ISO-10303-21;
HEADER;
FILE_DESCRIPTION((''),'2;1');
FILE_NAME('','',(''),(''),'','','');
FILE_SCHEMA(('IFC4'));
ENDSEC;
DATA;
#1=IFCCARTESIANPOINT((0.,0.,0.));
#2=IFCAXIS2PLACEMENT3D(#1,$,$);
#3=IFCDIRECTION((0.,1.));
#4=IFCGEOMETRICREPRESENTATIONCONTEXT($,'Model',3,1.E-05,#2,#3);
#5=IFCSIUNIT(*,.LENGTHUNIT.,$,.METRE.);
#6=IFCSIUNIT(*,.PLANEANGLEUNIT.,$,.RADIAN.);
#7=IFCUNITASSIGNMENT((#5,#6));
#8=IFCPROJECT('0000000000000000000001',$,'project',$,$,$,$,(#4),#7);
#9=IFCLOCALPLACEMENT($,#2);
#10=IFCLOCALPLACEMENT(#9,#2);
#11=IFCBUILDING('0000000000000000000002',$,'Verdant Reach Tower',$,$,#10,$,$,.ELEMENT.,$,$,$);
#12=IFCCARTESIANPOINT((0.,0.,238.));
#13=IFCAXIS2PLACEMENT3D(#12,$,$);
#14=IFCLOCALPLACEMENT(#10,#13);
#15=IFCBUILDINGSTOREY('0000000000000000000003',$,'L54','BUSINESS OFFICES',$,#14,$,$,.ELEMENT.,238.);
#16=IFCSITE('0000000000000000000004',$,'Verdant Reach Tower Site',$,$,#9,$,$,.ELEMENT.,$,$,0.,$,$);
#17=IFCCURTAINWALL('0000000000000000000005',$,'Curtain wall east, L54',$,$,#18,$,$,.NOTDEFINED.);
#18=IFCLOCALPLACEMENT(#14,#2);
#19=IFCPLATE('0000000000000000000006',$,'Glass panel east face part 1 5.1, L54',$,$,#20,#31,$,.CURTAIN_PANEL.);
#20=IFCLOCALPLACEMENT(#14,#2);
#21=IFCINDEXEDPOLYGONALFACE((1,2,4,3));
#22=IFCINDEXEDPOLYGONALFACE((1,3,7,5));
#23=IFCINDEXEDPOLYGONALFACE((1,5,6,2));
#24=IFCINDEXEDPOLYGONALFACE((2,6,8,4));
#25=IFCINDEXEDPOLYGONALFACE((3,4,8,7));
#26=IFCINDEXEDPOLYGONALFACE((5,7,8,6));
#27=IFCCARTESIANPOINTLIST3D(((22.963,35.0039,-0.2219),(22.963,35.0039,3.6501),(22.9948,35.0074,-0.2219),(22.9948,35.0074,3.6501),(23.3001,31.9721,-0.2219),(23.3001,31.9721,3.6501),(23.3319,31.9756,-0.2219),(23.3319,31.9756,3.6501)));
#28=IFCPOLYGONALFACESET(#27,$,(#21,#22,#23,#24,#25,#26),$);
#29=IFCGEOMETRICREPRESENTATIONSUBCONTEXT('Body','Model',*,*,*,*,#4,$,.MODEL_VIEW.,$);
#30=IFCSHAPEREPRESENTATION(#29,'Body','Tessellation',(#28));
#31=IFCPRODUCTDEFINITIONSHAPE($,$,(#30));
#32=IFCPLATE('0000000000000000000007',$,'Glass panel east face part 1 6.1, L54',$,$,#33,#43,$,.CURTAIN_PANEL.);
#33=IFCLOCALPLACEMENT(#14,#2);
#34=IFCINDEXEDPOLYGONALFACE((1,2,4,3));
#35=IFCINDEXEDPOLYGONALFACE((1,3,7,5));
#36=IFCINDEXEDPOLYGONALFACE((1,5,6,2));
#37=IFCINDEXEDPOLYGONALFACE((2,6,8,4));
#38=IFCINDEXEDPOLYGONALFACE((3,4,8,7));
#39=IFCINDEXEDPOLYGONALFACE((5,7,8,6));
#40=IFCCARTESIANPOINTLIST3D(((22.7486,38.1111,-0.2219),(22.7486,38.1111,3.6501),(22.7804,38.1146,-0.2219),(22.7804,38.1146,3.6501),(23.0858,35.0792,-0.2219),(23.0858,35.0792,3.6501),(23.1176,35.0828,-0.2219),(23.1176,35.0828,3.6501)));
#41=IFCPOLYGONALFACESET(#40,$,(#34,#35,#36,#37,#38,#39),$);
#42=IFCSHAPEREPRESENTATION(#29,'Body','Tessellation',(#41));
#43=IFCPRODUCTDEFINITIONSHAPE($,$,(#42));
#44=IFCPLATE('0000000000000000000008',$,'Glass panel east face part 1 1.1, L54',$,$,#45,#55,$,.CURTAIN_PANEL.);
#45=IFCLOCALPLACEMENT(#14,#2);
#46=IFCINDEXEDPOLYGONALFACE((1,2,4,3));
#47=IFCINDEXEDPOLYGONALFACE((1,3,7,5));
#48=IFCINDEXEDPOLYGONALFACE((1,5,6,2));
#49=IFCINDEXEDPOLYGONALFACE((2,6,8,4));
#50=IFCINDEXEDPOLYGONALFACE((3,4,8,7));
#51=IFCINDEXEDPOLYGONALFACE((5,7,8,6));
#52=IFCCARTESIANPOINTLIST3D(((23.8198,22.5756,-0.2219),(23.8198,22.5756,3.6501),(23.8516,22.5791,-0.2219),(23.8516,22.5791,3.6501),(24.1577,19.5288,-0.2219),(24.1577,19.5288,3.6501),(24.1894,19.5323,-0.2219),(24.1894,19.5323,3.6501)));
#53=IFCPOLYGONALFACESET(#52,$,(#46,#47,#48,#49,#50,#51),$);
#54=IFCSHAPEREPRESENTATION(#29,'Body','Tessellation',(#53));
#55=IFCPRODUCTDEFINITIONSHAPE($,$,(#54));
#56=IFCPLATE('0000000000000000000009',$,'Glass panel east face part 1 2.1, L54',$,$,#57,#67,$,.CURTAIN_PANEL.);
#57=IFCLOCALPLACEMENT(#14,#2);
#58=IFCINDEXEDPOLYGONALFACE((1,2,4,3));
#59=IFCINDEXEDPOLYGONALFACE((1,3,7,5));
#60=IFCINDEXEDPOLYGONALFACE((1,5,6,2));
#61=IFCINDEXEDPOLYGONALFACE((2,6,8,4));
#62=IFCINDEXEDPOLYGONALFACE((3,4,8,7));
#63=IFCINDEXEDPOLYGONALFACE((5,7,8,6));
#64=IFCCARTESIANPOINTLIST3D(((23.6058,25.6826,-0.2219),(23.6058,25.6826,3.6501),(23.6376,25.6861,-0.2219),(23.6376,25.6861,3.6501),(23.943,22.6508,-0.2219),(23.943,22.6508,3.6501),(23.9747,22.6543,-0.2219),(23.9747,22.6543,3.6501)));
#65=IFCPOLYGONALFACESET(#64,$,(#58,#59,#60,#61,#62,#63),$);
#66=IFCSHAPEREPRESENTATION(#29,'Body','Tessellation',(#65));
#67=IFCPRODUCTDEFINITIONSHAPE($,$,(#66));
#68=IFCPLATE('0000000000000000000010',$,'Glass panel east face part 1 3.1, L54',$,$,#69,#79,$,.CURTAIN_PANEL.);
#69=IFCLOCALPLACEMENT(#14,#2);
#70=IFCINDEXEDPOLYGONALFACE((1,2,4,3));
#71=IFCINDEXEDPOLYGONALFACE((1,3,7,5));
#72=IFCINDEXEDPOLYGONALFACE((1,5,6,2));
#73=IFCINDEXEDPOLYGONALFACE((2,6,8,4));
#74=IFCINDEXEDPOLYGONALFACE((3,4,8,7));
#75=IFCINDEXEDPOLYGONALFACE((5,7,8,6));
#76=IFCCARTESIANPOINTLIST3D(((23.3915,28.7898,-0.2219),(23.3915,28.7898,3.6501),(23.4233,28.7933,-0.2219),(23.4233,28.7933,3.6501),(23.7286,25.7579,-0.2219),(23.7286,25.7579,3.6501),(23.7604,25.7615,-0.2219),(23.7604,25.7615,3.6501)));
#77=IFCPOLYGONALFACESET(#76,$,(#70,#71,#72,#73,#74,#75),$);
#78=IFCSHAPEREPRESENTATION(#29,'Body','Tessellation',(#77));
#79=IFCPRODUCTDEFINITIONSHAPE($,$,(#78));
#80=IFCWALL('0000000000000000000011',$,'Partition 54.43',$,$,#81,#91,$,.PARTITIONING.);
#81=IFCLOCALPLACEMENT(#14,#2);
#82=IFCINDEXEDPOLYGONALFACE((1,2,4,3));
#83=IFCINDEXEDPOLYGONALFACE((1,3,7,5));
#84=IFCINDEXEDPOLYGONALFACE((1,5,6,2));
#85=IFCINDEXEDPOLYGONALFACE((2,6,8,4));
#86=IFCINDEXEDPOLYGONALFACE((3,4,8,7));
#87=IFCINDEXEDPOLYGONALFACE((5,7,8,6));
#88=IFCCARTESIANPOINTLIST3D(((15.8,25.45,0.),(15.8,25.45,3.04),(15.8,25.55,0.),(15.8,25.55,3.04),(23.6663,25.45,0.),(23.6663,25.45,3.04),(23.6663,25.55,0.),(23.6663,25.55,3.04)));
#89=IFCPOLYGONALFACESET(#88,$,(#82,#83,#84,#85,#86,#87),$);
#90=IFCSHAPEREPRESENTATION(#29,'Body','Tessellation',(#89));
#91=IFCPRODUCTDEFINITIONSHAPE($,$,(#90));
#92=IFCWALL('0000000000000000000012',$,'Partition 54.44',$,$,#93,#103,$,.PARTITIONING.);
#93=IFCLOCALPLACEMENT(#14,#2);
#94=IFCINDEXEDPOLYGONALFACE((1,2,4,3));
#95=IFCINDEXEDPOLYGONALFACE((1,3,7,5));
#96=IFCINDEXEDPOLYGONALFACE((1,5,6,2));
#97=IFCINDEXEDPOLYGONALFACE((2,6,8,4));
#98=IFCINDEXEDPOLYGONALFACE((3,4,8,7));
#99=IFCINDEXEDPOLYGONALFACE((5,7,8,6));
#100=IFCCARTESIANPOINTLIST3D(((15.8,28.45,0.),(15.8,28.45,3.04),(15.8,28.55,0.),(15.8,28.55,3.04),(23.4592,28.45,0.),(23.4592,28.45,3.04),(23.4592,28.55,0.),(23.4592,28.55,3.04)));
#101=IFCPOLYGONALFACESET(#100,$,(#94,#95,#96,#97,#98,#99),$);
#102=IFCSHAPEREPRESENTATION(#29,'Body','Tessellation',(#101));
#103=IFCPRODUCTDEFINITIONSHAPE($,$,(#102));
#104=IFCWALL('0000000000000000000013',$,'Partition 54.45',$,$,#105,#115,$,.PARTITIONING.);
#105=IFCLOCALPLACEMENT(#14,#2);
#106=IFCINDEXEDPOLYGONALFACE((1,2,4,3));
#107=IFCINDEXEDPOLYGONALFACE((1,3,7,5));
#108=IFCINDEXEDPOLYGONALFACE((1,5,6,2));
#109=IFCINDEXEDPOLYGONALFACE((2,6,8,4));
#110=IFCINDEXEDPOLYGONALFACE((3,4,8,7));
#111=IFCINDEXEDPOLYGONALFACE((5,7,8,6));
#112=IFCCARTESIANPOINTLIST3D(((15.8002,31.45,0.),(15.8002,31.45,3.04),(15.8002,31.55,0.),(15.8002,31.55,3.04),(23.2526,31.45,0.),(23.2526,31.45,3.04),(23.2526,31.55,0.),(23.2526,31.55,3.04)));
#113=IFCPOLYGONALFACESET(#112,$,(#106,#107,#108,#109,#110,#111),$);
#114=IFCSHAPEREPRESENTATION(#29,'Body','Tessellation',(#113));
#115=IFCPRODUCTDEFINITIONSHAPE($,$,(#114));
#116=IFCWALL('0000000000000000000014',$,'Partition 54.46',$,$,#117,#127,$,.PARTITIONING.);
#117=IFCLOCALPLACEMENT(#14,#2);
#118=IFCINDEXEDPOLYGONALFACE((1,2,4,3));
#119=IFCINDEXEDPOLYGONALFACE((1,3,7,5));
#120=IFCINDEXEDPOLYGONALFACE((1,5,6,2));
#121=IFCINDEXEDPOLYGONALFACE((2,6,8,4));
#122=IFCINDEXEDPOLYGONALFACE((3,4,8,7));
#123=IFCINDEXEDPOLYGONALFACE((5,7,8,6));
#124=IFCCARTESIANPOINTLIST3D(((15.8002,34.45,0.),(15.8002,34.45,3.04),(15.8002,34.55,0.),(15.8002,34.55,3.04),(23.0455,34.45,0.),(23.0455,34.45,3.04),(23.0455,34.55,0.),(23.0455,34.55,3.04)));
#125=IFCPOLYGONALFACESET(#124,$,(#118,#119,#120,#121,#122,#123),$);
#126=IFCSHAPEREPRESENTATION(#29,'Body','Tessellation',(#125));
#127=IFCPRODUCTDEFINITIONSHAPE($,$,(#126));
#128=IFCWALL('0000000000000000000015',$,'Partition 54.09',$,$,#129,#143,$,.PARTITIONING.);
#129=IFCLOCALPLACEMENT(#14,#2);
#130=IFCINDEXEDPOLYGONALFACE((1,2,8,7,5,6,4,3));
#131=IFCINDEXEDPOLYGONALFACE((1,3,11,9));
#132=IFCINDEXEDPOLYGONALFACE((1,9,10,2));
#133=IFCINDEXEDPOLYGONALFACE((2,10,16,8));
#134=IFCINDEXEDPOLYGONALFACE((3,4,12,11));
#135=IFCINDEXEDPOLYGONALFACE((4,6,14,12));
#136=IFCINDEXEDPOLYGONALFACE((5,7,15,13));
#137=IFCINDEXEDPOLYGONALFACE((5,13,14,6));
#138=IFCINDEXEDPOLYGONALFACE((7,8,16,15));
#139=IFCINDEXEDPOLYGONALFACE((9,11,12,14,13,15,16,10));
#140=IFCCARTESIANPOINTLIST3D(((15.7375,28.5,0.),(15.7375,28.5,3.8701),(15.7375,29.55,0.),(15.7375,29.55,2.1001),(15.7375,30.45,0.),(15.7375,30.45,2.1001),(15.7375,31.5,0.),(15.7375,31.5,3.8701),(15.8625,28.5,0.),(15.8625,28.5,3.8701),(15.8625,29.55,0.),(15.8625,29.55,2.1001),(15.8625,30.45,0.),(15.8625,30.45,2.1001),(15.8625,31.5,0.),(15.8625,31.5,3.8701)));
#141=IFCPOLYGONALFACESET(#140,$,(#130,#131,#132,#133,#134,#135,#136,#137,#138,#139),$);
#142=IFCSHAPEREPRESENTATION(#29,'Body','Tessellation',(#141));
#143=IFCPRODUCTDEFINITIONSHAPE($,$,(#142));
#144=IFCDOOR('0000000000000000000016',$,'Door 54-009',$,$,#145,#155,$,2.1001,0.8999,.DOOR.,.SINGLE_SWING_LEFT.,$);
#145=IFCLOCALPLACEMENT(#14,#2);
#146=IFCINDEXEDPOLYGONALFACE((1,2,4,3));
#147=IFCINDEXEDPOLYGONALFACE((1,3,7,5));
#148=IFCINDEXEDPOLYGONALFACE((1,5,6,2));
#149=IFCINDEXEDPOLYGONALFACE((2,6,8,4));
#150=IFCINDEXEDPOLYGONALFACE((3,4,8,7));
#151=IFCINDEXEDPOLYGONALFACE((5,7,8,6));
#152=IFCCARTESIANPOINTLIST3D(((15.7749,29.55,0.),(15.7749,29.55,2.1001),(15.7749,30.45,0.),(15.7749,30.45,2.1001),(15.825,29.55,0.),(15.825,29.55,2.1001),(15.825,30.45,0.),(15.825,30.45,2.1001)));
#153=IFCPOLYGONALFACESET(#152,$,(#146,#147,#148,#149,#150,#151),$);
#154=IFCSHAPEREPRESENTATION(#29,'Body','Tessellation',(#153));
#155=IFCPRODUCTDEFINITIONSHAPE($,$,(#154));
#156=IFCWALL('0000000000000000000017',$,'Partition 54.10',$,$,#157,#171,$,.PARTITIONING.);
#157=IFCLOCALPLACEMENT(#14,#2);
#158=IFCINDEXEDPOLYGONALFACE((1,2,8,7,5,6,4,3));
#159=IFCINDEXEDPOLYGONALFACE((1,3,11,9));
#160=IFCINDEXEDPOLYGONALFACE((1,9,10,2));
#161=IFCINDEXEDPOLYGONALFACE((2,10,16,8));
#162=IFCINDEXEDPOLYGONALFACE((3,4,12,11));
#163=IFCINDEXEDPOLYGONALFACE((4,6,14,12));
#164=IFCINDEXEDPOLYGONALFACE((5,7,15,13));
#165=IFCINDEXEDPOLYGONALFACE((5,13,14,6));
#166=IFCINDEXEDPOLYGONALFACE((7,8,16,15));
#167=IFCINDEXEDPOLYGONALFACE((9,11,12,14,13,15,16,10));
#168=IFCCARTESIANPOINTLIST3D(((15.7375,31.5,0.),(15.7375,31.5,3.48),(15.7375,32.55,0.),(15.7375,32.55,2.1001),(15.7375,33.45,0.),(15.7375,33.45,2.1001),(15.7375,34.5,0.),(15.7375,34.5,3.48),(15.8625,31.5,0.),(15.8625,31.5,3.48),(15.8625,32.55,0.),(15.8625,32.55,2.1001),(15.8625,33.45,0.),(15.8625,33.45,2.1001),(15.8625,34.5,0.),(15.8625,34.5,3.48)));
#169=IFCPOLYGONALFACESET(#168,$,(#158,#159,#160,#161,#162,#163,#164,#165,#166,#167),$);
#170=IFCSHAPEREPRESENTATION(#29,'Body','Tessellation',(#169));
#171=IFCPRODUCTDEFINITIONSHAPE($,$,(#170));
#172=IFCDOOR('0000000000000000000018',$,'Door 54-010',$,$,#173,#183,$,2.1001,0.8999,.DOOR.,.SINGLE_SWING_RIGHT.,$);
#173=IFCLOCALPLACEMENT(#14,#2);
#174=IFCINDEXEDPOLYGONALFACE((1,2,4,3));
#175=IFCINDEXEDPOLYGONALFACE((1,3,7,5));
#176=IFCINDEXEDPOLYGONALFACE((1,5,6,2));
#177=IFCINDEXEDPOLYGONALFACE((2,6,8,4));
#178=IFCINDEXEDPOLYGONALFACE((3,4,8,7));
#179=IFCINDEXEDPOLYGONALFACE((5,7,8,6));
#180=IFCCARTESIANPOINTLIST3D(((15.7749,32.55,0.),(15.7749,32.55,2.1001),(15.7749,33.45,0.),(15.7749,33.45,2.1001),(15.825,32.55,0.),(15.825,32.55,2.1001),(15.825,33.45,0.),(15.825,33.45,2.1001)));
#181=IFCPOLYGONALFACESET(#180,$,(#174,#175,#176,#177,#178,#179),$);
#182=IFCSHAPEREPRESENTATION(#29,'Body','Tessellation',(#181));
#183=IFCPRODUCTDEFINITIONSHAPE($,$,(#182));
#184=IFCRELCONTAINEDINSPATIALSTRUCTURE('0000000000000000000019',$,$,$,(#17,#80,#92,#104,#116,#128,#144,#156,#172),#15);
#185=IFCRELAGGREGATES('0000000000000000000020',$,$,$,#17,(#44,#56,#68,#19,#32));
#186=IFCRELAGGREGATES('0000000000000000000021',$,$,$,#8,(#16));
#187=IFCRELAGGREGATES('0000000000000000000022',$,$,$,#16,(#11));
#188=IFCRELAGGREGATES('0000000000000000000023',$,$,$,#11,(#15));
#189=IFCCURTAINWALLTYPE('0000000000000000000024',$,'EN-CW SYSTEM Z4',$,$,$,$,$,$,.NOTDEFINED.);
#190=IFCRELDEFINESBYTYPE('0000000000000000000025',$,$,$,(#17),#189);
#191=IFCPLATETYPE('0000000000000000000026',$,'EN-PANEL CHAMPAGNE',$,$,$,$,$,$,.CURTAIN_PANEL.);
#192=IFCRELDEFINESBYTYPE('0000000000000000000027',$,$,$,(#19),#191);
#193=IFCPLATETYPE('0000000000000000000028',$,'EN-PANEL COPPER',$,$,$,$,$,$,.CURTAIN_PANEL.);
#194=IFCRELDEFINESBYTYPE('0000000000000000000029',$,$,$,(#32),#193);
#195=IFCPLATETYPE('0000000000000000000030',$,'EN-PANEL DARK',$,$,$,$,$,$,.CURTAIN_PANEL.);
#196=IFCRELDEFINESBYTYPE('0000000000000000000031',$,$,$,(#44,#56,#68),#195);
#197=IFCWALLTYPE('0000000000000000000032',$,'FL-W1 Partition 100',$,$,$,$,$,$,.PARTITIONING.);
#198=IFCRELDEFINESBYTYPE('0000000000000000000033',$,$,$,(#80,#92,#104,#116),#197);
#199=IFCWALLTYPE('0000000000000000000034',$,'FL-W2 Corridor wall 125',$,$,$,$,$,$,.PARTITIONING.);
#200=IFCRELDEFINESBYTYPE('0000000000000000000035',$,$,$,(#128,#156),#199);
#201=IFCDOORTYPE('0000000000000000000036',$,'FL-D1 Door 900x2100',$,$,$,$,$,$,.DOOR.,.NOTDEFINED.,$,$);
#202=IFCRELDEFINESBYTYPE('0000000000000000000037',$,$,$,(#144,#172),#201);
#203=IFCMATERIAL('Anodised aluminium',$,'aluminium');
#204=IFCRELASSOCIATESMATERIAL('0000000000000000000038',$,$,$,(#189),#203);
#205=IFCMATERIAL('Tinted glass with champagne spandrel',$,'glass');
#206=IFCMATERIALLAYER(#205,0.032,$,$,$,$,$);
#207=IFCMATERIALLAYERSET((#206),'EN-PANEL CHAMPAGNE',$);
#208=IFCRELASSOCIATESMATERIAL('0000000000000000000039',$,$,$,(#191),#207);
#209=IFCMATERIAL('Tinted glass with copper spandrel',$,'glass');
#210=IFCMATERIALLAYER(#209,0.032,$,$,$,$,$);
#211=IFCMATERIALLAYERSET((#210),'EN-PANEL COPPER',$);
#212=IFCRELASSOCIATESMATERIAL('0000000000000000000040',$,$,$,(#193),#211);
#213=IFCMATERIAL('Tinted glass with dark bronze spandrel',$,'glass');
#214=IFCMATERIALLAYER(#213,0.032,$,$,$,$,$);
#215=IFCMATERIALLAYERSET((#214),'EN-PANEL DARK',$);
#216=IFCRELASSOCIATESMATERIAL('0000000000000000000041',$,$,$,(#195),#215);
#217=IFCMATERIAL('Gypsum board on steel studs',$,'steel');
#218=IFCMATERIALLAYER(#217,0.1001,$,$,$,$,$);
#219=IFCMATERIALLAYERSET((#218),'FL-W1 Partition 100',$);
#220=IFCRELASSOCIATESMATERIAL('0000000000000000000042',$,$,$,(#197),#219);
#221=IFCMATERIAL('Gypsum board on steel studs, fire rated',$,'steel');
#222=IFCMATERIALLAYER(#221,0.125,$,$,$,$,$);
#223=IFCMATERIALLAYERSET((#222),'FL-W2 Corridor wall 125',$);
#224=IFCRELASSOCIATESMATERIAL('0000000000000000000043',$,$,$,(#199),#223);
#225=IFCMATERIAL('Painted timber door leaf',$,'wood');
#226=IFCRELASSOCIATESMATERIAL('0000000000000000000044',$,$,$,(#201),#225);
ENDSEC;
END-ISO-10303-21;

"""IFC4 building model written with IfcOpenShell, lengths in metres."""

from ifc_helpers import new_model, si_unit, direction, frame, frame_2d, origin, origin_2d, place, context, subcontext, project, spatial, rectangle, extrude, material, layer, layer_set, type_object, element, fill, aggregate, save


model = new_model("IFC4")

# Units and contexts
model_context = context("Model", 3, precision=1e-05, world=origin(), true_north=direction((0.0, 1.0)))
body_context = subcontext(model_context, "Body", "Model", "MODEL_VIEW")
ifc_project = project(units=[si_unit("LENGTHUNIT", "METRE"), si_unit("PLANEANGLEUNIT", "RADIAN")], contexts=[model_context])

# Site, building, storey
site_placement = place(None, origin())
site = spatial("IfcSite", under=ifc_project, at=site_placement, Name="Verdant Reach Tower Site", CompositionType="ELEMENT", RefElevation=0.0)
building_placement = place(site_placement, origin())
building = spatial("IfcBuilding", under=site, at=building_placement, Name="Verdant Reach Tower", CompositionType="ELEMENT")
storey_placement = place(building_placement, frame((0.0, 0.0, 238.0)))
storey = spatial("IfcBuildingStorey", under=building, at=storey_placement, Name="L54", Description="BUSINESS OFFICES", CompositionType="ELEMENT", Elevation=238.0)

# Curtain wall
ifc_material_1 = material(Name="Anodised aluminium", Category="aluminium")
curtain_wall_type = type_object("IfcCurtainWallType", Name="EN-CW SYSTEM Z4", PredefinedType="NOTDEFINED", material=ifc_material_1)
curtain_wall_placement = place(storey_placement, origin())
curtain_wall = element("IfcCurtainWall", 1, at=curtain_wall_placement, inside=storey, type_object=curtain_wall_type, Name="Curtain wall east, L54", PredefinedType="NOTDEFINED")

# Plates
ifc_material_2 = material(Name="Tinted glass with champagne spandrel", Category="glass")
ifc_layer_1 = layer(ifc_material_2, 0.032)
ifc_layer_set_1 = layer_set([ifc_layer_1], Name="EN-PANEL CHAMPAGNE")
plate_type_1 = type_object("IfcPlateType", Name="EN-PANEL CHAMPAGNE", PredefinedType="CURTAIN_PANEL", material=ifc_layer_set_1)
plate_1_placement = place(storey_placement, frame((23.1475, 33.4897, -0.2219), z_axis=(0.0, 0.0, 1.0), x_axis=(-0.110518, 0.993874, 0.0)))
plate_1 = element("IfcPlate", 2, at=plate_1_placement, type_object=plate_type_1, Name="Glass panel east face part 1 5.1, L54", PredefinedType="CURTAIN_PANEL", context=body_context, shape_type="SweptSolid", body=[
    extrude(rectangle(XDim=3.0505, YDim=0.032, at=origin_2d()), origin(), (0.0, 0.0, 1.0), 3.8721),
])
ifc_material_3 = material(Name="Tinted glass with copper spandrel", Category="glass")
ifc_layer_2 = layer(ifc_material_3, 0.032)
ifc_layer_set_2 = layer_set([ifc_layer_2], Name="EN-PANEL COPPER")
plate_type_2 = type_object("IfcPlateType", Name="EN-PANEL COPPER", PredefinedType="CURTAIN_PANEL", material=ifc_layer_set_2)
plate_2_placement = place(storey_placement, frame((22.9331, 36.5969, -0.2219), z_axis=(0.0, 0.0, 1.0), x_axis=(-0.110518, 0.993874, 0.0)))
plate_2 = element("IfcPlate", 3, at=plate_2_placement, type_object=plate_type_2, Name="Glass panel east face part 1 6.1, L54", PredefinedType="CURTAIN_PANEL", context=body_context, shape_type="SweptSolid", body=[
    extrude(rectangle(XDim=3.0505, YDim=0.032, at=origin_2d()), origin(), (0.0, 0.0, 1.0), 3.8721),
])
ifc_material_4 = material(Name="Tinted glass with dark bronze spandrel", Category="glass")
ifc_layer_3 = layer(ifc_material_4, 0.032)
ifc_layer_set_3 = layer_set([ifc_layer_3], Name="EN-PANEL DARK")
plate_type_3 = type_object("IfcPlateType", Name="EN-PANEL DARK", PredefinedType="CURTAIN_PANEL", material=ifc_layer_set_3)
plate_3_placement = place(storey_placement, frame((24.0046, 21.054, -0.2219), z_axis=(0.0, 0.0, 1.0), x_axis=(-0.110206, 0.993909, 0.0)))
plate_3 = element("IfcPlate", 4, at=plate_3_placement, type_object=plate_type_3, Name="Glass panel east face part 1 1.1, L54", PredefinedType="CURTAIN_PANEL", context=body_context, shape_type="SweptSolid", body=[
    extrude(rectangle(XDim=3.0654, YDim=0.032, at=origin_2d()), origin(), (0.0, 0.0, 1.0), 3.8721),
])
plate_4_placement = place(storey_placement, frame((23.7903, 24.1685, -0.2219), z_axis=(0.0, 0.0, 1.0), x_axis=(-0.110518, 0.993874, 0.0)))
plate_4 = element("IfcPlate", 5, at=plate_4_placement, type_object=plate_type_3, Name="Glass panel east face part 1 2.1, L54", PredefinedType="CURTAIN_PANEL", context=body_context, shape_type="SweptSolid", body=[
    extrude(rectangle(XDim=3.0505, YDim=0.032, at=origin_2d()), origin(), (0.0, 0.0, 1.0), 3.8721),
])
plate_5_placement = place(storey_placement, frame((23.5759, 27.2756, -0.2219), z_axis=(0.0, 0.0, 1.0), x_axis=(-0.110518, 0.993874, 0.0)))
plate_5 = element("IfcPlate", 6, at=plate_5_placement, type_object=plate_type_3, Name="Glass panel east face part 1 3.1, L54", PredefinedType="CURTAIN_PANEL", context=body_context, shape_type="SweptSolid", body=[
    extrude(rectangle(XDim=3.0505, YDim=0.032, at=origin_2d()), origin(), (0.0, 0.0, 1.0), 3.8721),
])
aggregate(curtain_wall, [plate_3, plate_4, plate_5, plate_1, plate_2])

# Walls
ifc_material_5 = material(Name="Gypsum board on steel studs", Category="steel")
ifc_layer_4 = layer(ifc_material_5, 0.1001)
ifc_layer_set_4 = layer_set([ifc_layer_4], Name="FL-W1 Partition 100")
wall_type_1 = type_object("IfcWallType", Name="FL-W1 Partition 100", PredefinedType="PARTITIONING", material=ifc_layer_set_4)
wall_1_placement = place(storey_placement, frame((23.6663, 25.5, 0.0), z_axis=(0.0, 0.0, 1.0), x_axis=(-1.0, 0.0, 0.0)))
element("IfcWall", 7, at=wall_1_placement, inside=storey, type_object=wall_type_1, Name="Partition 54.43", PredefinedType="PARTITIONING", context=body_context, shape_type="SweptSolid", body=[
    extrude(rectangle(XDim=7.8662, YDim=0.1001, at=frame_2d((3.9331, 0.0))), origin(), (0.0, 0.0, 1.0), 3.04),
])
wall_2_placement = place(storey_placement, frame((23.4592, 28.5, 0.0), z_axis=(0.0, 0.0, 1.0), x_axis=(-1.0, 0.0, 0.0)))
element("IfcWall", 8, at=wall_2_placement, inside=storey, type_object=wall_type_1, Name="Partition 54.44", PredefinedType="PARTITIONING", context=body_context, shape_type="SweptSolid", body=[
    extrude(rectangle(XDim=7.6592, YDim=0.1001, at=frame_2d((3.8296, 0.0))), origin(), (0.0, 0.0, 1.0), 3.04),
])
wall_3_placement = place(storey_placement, frame((23.2524, 31.5, 0.0), z_axis=(0.0, 0.0, 1.0), x_axis=(-1.0, 0.0, 0.0)))
element("IfcWall", 9, at=wall_3_placement, inside=storey, type_object=wall_type_1, Name="Partition 54.45", PredefinedType="PARTITIONING", context=body_context, shape_type="SweptSolid", body=[
    extrude(rectangle(XDim=7.4524, YDim=0.1001, at=frame_2d((3.7261, 0.0))), origin(), (0.0, 0.0, 1.0), 3.04),
])
wall_4_placement = place(storey_placement, frame((23.0454, 34.5, 0.0), z_axis=(0.0, 0.0, 1.0), x_axis=(-1.0, 0.0, 0.0)))
element("IfcWall", 10, at=wall_4_placement, inside=storey, type_object=wall_type_1, Name="Partition 54.46", PredefinedType="PARTITIONING", context=body_context, shape_type="SweptSolid", body=[
    extrude(rectangle(XDim=7.2454, YDim=0.1001, at=frame_2d((3.6226, 0.0))), origin(), (0.0, 0.0, 1.0), 3.04),
])

# Walls, openings, doors
ifc_material_6 = material(Name="Gypsum board on steel studs, fire rated", Category="steel")
ifc_layer_5 = layer(ifc_material_6, 0.125)
ifc_layer_set_5 = layer_set([ifc_layer_5], Name="FL-W2 Corridor wall 125")
wall_type_2 = type_object("IfcWallType", Name="FL-W2 Corridor wall 125", PredefinedType="PARTITIONING", material=ifc_layer_set_5)
wall_5_placement = place(storey_placement, frame((15.8, 31.5, 0.0), z_axis=(0.0, 0.0, 1.0), x_axis=(0.0, -1.0, 0.0)))
wall_5 = element("IfcWall", 11, at=wall_5_placement, inside=storey, type_object=wall_type_2, Name="Partition 54.09", PredefinedType="PARTITIONING", context=body_context, shape_type="SweptSolid", body=[
    extrude(rectangle(XDim=3.0, YDim=0.125, at=frame_2d((1.5, 0.0))), origin(), (0.0, 0.0, 1.0), 3.8701),
])
opening_1_placement = place(wall_5_placement, frame((1.05, 0.0, 0.0)))
opening_1 = element("IfcOpeningElement", 12, at=opening_1_placement, cuts=wall_5, PredefinedType="OPENING", context=body_context, shape_type="SweptSolid", body=[
    extrude(rectangle(XDim=0.8999, YDim=2.1001, at=frame_2d((0.45, 1.05))), frame((0.0, 0.0725, 0.0), z_axis=(0.0, -1.0, 0.0), x_axis=(1.0, 0.0, 0.0)), (0.0, 0.0, 1.0), 0.145),
])
ifc_material_7 = material(Name="Painted timber door leaf", Category="wood")
door_type = type_object("IfcDoorType", Name="FL-D1 Door 900x2100", OperationType="NOTDEFINED", PredefinedType="DOOR", material=ifc_material_7)
door_1_placement = place(opening_1_placement, origin())
door_1 = element("IfcDoor", 13, at=door_1_placement, inside=storey, type_object=door_type, Name="Door 54-009", OperationType="SINGLE_SWING_LEFT", OverallHeight=2.1001, OverallWidth=0.8999, PredefinedType="DOOR", context=body_context, shape_type="SweptSolid", body=[
    extrude(rectangle(XDim=0.8999, YDim=2.1001, at=frame_2d((0.45, 1.05))), frame((0.0, 0.0249, 0.0), z_axis=(0.0, -1.0, 0.0), x_axis=(1.0, 0.0, 0.0)), (0.0, 0.0, 1.0), 0.05),
])
fill(opening_1, door_1)
wall_6_placement = place(storey_placement, frame((15.8, 34.5, 0.0), z_axis=(0.0, 0.0, 1.0), x_axis=(0.0, -1.0, 0.0)))
wall_6 = element("IfcWall", 14, at=wall_6_placement, inside=storey, type_object=wall_type_2, Name="Partition 54.10", PredefinedType="PARTITIONING", context=body_context, shape_type="SweptSolid", body=[
    extrude(rectangle(XDim=3.0, YDim=0.125, at=frame_2d((1.5, 0.0))), origin(), (0.0, 0.0, 1.0), 3.48),
])
opening_2_placement = place(wall_6_placement, frame((1.05, 0.0, 0.0)))
opening_2 = element("IfcOpeningElement", 15, at=opening_2_placement, cuts=wall_6, PredefinedType="OPENING", context=body_context, shape_type="SweptSolid", body=[
    extrude(rectangle(XDim=0.8999, YDim=2.1001, at=frame_2d((0.45, 1.05))), frame((0.0, 0.0725, 0.0), z_axis=(0.0, -1.0, 0.0), x_axis=(1.0, 0.0, 0.0)), (0.0, 0.0, 1.0), 0.145),
])
door_2_placement = place(opening_2_placement, origin())
door_2 = element("IfcDoor", 16, at=door_2_placement, inside=storey, type_object=door_type, Name="Door 54-010", OperationType="SINGLE_SWING_RIGHT", OverallHeight=2.1001, OverallWidth=0.8999, PredefinedType="DOOR", context=body_context, shape_type="SweptSolid", body=[
    extrude(rectangle(XDim=0.8999, YDim=2.1001, at=frame_2d((0.45, 1.05))), frame((0.0, 0.0249, 0.0), z_axis=(0.0, -1.0, 0.0), x_axis=(1.0, 0.0, 0.0)), (0.0, 0.0, 1.0), 0.05),
])
fill(opening_2, door_2)

save(model, "model.ifc")
